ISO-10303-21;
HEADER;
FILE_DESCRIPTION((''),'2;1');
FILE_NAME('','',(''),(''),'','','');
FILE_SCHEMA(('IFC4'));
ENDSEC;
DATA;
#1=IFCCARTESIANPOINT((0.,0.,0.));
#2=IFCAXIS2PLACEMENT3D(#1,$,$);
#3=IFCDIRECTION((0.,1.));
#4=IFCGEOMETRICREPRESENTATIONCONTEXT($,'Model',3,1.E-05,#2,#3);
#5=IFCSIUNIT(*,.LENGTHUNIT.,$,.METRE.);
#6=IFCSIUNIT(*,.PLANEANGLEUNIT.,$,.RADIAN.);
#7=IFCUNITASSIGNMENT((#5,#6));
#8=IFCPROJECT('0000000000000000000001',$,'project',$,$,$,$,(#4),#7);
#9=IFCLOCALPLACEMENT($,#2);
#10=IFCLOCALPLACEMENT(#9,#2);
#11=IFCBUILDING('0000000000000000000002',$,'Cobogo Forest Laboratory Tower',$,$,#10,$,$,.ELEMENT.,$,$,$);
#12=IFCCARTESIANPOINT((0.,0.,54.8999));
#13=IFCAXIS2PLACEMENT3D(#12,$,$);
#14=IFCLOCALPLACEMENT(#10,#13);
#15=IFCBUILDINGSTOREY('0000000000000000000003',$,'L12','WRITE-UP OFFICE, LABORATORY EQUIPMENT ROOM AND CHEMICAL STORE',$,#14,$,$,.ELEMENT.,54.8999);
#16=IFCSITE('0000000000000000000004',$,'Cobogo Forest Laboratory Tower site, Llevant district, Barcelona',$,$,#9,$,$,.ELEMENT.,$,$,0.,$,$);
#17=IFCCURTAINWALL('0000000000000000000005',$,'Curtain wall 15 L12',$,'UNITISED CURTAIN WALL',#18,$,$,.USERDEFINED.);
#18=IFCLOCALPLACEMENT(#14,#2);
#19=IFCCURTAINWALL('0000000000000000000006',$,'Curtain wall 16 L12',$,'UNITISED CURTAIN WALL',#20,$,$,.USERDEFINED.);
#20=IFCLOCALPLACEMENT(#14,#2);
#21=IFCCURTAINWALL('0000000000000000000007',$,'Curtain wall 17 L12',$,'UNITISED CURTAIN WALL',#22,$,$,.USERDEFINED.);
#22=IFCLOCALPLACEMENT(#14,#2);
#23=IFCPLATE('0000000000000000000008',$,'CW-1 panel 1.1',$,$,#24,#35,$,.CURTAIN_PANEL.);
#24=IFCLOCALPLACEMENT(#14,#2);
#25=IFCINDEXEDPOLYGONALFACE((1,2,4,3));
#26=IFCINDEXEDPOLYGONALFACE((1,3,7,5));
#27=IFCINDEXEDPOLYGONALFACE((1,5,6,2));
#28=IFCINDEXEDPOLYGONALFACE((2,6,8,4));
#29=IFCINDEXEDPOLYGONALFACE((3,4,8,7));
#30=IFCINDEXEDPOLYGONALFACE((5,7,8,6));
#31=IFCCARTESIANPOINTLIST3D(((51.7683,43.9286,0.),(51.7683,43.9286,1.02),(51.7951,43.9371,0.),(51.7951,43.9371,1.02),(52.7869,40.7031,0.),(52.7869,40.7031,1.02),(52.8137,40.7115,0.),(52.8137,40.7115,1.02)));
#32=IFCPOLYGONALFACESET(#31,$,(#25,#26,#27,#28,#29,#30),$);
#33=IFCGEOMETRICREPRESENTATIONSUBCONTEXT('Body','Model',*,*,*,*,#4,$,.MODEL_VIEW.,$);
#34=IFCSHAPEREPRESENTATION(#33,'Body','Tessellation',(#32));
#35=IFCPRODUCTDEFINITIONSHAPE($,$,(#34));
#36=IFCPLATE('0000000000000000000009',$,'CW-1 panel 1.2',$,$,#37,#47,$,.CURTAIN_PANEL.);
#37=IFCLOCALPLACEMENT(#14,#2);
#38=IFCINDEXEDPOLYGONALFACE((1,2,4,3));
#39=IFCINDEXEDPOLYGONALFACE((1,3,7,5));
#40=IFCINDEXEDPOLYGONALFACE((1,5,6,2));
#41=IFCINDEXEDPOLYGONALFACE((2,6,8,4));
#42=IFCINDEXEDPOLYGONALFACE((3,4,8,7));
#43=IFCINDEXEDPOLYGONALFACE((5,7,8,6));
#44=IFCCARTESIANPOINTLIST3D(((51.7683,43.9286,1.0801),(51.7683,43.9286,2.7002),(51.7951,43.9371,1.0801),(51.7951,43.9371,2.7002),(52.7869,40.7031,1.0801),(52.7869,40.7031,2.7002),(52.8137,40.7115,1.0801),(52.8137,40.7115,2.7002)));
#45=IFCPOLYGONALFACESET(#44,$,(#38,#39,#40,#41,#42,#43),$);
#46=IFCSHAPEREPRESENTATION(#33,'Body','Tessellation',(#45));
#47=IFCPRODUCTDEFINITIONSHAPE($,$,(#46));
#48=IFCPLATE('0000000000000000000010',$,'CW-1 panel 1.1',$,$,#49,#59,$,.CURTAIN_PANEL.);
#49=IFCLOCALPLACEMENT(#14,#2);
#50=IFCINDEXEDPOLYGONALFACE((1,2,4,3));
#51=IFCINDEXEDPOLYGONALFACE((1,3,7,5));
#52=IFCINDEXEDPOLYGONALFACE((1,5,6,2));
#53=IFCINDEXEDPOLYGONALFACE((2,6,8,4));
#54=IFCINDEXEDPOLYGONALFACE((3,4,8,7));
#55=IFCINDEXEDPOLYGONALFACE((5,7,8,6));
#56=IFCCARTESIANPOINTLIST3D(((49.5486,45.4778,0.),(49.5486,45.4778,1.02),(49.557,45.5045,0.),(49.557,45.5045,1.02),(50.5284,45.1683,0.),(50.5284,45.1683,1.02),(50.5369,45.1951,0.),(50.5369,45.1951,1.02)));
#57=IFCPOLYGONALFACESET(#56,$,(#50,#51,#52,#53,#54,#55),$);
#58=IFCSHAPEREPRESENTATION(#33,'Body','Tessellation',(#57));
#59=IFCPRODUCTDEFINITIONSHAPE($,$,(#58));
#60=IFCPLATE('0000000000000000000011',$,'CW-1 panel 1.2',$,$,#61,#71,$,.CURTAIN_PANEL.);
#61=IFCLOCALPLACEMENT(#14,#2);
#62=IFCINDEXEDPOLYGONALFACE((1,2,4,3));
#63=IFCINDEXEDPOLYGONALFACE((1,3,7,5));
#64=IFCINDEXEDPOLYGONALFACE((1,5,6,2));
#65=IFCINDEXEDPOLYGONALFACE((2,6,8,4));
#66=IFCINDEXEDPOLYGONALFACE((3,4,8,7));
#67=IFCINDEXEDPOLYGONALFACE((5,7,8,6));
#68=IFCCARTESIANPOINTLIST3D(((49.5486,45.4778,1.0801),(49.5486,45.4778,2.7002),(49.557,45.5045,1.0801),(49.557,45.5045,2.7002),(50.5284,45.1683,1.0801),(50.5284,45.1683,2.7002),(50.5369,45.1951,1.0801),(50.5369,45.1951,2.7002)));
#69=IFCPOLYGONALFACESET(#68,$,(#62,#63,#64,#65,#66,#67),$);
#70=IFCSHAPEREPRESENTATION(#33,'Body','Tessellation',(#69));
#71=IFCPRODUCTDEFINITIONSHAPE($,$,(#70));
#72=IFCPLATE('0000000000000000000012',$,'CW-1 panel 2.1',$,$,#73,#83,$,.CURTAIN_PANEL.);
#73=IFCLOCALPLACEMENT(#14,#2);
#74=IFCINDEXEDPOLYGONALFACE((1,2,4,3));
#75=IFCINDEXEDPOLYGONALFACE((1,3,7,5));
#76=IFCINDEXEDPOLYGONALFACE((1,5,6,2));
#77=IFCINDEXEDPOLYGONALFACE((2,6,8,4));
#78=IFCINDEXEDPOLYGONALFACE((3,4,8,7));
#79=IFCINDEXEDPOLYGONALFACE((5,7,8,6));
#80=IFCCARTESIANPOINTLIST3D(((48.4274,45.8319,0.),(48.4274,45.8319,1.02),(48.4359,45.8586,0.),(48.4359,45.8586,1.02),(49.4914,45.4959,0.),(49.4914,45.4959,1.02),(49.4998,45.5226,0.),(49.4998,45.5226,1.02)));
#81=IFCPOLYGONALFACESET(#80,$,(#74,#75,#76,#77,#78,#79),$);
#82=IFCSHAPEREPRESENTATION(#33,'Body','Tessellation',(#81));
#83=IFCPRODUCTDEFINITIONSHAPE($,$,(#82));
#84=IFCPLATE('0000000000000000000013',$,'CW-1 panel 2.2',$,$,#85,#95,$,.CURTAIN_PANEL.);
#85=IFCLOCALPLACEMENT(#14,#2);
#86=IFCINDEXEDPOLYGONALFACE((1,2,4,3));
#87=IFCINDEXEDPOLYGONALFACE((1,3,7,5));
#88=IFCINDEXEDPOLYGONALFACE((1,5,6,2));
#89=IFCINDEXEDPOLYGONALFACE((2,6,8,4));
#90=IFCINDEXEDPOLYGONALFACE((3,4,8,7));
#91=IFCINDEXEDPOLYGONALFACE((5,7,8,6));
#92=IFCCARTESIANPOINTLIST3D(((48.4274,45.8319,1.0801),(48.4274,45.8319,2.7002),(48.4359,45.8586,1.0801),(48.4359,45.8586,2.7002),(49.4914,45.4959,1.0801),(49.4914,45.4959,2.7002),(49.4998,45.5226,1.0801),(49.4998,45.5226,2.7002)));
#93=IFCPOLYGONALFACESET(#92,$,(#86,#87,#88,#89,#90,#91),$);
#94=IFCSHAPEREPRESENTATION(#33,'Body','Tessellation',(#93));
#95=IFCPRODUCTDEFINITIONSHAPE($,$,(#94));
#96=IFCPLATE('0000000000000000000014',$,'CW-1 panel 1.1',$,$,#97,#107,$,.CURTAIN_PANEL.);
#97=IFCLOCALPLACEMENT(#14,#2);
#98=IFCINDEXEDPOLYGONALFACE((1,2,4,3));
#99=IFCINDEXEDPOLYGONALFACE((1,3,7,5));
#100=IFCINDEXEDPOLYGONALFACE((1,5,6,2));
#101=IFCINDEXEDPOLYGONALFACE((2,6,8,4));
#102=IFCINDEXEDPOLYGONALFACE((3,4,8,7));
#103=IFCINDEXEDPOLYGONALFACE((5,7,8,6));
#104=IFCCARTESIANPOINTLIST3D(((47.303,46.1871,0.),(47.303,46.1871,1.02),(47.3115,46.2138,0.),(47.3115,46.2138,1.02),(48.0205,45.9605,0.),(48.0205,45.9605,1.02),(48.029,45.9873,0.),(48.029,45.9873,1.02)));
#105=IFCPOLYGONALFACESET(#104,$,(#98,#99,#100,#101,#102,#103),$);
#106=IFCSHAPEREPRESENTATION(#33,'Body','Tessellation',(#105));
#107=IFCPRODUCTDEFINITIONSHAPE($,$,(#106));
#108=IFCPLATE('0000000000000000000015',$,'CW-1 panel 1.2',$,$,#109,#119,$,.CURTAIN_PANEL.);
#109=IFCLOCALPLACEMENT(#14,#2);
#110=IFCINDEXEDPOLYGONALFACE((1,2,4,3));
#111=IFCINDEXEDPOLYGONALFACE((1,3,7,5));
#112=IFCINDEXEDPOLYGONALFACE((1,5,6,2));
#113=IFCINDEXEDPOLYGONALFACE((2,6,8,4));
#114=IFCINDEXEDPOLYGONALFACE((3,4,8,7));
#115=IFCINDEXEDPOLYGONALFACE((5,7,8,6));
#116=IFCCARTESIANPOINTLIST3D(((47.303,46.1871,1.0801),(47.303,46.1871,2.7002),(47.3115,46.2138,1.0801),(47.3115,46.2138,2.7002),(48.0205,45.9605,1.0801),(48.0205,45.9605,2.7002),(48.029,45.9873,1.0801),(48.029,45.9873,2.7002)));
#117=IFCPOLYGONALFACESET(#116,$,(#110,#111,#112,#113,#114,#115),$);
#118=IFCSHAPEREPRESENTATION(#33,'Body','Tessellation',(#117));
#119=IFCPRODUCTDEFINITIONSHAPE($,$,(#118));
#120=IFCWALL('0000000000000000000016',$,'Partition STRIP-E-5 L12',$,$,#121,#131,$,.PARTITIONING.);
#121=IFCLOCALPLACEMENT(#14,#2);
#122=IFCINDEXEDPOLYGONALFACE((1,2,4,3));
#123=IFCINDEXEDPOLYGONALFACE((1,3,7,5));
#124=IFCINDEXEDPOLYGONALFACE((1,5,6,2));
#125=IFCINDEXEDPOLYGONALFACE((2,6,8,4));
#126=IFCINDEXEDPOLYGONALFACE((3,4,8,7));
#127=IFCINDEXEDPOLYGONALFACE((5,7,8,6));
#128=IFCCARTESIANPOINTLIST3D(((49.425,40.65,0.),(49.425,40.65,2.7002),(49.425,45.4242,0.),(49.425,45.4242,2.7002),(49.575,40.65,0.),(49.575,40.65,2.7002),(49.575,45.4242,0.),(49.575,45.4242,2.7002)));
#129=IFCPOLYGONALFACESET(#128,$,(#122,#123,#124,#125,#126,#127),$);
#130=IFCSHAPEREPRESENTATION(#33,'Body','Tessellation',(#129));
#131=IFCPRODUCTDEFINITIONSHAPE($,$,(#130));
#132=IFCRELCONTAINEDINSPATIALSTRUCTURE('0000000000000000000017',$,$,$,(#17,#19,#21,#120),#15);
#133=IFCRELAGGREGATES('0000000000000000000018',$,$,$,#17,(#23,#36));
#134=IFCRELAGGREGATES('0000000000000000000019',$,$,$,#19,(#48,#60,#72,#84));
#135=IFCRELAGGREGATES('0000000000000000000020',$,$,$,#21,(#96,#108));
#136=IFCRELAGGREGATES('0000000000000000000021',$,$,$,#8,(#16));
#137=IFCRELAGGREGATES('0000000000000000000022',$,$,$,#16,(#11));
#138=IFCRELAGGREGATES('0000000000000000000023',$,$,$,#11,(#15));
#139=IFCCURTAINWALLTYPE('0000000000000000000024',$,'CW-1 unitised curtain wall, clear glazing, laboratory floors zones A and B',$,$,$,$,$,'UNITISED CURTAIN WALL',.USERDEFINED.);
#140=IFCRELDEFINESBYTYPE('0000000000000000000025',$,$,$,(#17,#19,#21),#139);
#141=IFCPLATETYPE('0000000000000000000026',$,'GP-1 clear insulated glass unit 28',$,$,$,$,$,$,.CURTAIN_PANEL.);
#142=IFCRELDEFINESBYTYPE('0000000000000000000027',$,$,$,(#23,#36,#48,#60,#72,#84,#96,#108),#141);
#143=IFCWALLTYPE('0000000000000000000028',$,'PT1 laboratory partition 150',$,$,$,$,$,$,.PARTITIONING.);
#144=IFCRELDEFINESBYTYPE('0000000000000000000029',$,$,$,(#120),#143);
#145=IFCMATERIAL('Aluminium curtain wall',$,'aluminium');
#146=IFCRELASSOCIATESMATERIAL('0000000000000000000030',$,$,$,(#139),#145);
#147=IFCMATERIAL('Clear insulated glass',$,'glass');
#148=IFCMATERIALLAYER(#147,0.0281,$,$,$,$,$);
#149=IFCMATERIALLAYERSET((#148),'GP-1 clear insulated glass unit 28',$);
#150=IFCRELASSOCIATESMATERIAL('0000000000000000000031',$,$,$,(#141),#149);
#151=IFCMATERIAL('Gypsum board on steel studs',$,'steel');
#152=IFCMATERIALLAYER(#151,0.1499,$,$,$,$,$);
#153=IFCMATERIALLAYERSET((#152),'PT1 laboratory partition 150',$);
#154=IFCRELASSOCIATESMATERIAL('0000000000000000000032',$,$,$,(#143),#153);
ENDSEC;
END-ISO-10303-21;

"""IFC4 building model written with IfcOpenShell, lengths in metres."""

from ifc_helpers import new_model, si_unit, direction, frame, frame_2d, origin, origin_2d, place, context, subcontext, project, spatial, rectangle, extrude, material, layer, layer_set, type_object, element, aggregate, save


model = new_model("IFC4")

# Units and contexts
model_context = context("Model", 3, precision=1e-05, world=origin(), true_north=direction((0.0, 1.0)))
body_context = subcontext(model_context, "Body", "Model", "MODEL_VIEW")
ifc_project = project(units=[si_unit("LENGTHUNIT", "METRE"), si_unit("PLANEANGLEUNIT", "RADIAN")], contexts=[model_context])

# Site, building, storey
site_placement = place(None, origin())
site = spatial("IfcSite", under=ifc_project, at=site_placement, Name="Cobogo Forest Laboratory Tower site, Llevant district, Barcelona", CompositionType="ELEMENT", RefElevation=0.0)
building_placement = place(site_placement, origin())
building = spatial("IfcBuilding", under=site, at=building_placement, Name="Cobogo Forest Laboratory Tower", CompositionType="ELEMENT")
storey_placement = place(building_placement, frame((0.0, 0.0, 54.8999)))
storey = spatial("IfcBuildingStorey", under=building, at=storey_placement, Name="L12", Description="WRITE-UP OFFICE, LABORATORY EQUIPMENT ROOM AND CHEMICAL STORE", CompositionType="ELEMENT", Elevation=54.8999)

# Curtain walls
ifc_material_1 = material(Name="Aluminium curtain wall", Category="aluminium")
curtain_wall_type = type_object("IfcCurtainWallType", Name="CW-1 unitised curtain wall, clear glazing, laboratory floors zones A and B", ElementType="UNITISED CURTAIN WALL", PredefinedType="USERDEFINED", material=ifc_material_1)
curtain_wall_1_placement = place(storey_placement, origin())
curtain_wall_1 = element("IfcCurtainWall", 1, at=curtain_wall_1_placement, inside=storey, type_object=curtain_wall_type, Name="Curtain wall 15 L12", ObjectType="UNITISED CURTAIN WALL", PredefinedType="USERDEFINED")
curtain_wall_2_placement = place(storey_placement, origin())
curtain_wall_2 = element("IfcCurtainWall", 2, at=curtain_wall_2_placement, inside=storey, type_object=curtain_wall_type, Name="Curtain wall 16 L12", ObjectType="UNITISED CURTAIN WALL", PredefinedType="USERDEFINED")
curtain_wall_3_placement = place(storey_placement, origin())
curtain_wall_3 = element("IfcCurtainWall", 3, at=curtain_wall_3_placement, inside=storey, type_object=curtain_wall_type, Name="Curtain wall 17 L12", ObjectType="UNITISED CURTAIN WALL", PredefinedType="USERDEFINED")

# Plates
ifc_material_2 = material(Name="Clear insulated glass", Category="glass")
ifc_layer_1 = layer(ifc_material_2, 0.0281)
ifc_layer_set_1 = layer_set([ifc_layer_1], Name="GP-1 clear insulated glass unit 28")
plate_type = type_object("IfcPlateType", Name="GP-1 clear insulated glass unit 28", PredefinedType="CURTAIN_PANEL", material=ifc_layer_set_1)
plate_1_placement = place(storey_placement, frame((52.291, 42.3201, 0.0), z_axis=(0.0, 0.0, 1.0), x_axis=(-0.301135, 0.953581, 0.0)))
plate_1 = element("IfcPlate", 4, at=plate_1_placement, type_object=plate_type, Name="CW-1 panel 1.1", PredefinedType="CURTAIN_PANEL", context=body_context, shape_type="SweptSolid", body=[
    extrude(rectangle(XDim=3.3826, YDim=0.0281, at=origin_2d()), origin(), (0.0, 0.0, 1.0), 1.02),
])
plate_2_placement = place(storey_placement, frame((52.291, 42.3201, 1.0801), z_axis=(0.0, 0.0, 1.0), x_axis=(-0.301135, 0.953581, 0.0)))
plate_2 = element("IfcPlate", 5, at=plate_2_placement, type_object=plate_type, Name="CW-1 panel 1.2", PredefinedType="CURTAIN_PANEL", context=body_context, shape_type="SweptSolid", body=[
    extrude(rectangle(XDim=3.3826, YDim=0.0281, at=origin_2d()), origin(), (0.0, 0.0, 1.0), 1.6201),
])
aggregate(curtain_wall_1, [plate_1, plate_2])
plate_3_placement = place(storey_placement, frame((50.0427, 45.3364, 0.0), z_axis=(0.0, 0.0, 1.0), x_axis=(-0.953581, 0.301135, 0.0)))
plate_3 = element("IfcPlate", 6, at=plate_3_placement, type_object=plate_type, Name="CW-1 panel 1.1", PredefinedType="CURTAIN_PANEL", context=body_context, shape_type="SweptSolid", body=[
    extrude(rectangle(XDim=1.0276, YDim=0.0281, at=origin_2d()), origin(), (0.0, 0.0, 1.0), 1.02),
])
plate_4_placement = place(storey_placement, frame((50.0427, 45.3364, 1.0801), z_axis=(0.0, 0.0, 1.0), x_axis=(-0.953581, 0.301135, 0.0)))
plate_4 = element("IfcPlate", 7, at=plate_4_placement, type_object=plate_type, Name="CW-1 panel 1.2", PredefinedType="CURTAIN_PANEL", context=body_context, shape_type="SweptSolid", body=[
    extrude(rectangle(XDim=1.0276, YDim=0.0281, at=origin_2d()), origin(), (0.0, 0.0, 1.0), 1.6201),
])
plate_5_placement = place(storey_placement, frame((48.9636, 45.6772, 0.0), z_axis=(0.0, 0.0, 1.0), x_axis=(-0.953581, 0.301135, 0.0)))
plate_5 = element("IfcPlate", 8, at=plate_5_placement, type_object=plate_type, Name="CW-1 panel 2.1", PredefinedType="CURTAIN_PANEL", context=body_context, shape_type="SweptSolid", body=[
    extrude(rectangle(XDim=1.1157, YDim=0.0281, at=origin_2d()), origin(), (0.0, 0.0, 1.0), 1.02),
])
plate_6_placement = place(storey_placement, frame((48.9636, 45.6772, 1.0801), z_axis=(0.0, 0.0, 1.0), x_axis=(-0.953581, 0.301135, 0.0)))
plate_6 = element("IfcPlate", 9, at=plate_6_placement, type_object=plate_type, Name="CW-1 panel 2.2", PredefinedType="CURTAIN_PANEL", context=body_context, shape_type="SweptSolid", body=[
    extrude(rectangle(XDim=1.1157, YDim=0.0281, at=origin_2d()), origin(), (0.0, 0.0, 1.0), 1.6201),
])
aggregate(curtain_wall_2, [plate_3, plate_4, plate_5, plate_6])
plate_7_placement = place(storey_placement, frame((47.666, 46.0872, 0.0), z_axis=(0.0, 0.0, 1.0), x_axis=(-0.953582, 0.301135, 0.0)))
plate_7 = element("IfcPlate", 10, at=plate_7_placement, type_object=plate_type, Name="CW-1 panel 1.1", PredefinedType="CURTAIN_PANEL", context=body_context, shape_type="SweptSolid", body=[
    extrude(rectangle(XDim=0.7524, YDim=0.0281, at=origin_2d()), origin(), (0.0, 0.0, 1.0), 1.02),
])
plate_8_placement = place(storey_placement, frame((47.666, 46.0872, 1.0801), z_axis=(0.0, 0.0, 1.0), x_axis=(-0.953582, 0.301135, 0.0)))
plate_8 = element("IfcPlate", 11, at=plate_8_placement, type_object=plate_type, Name="CW-1 panel 1.2", PredefinedType="CURTAIN_PANEL", context=body_context, shape_type="SweptSolid", body=[
    extrude(rectangle(XDim=0.7524, YDim=0.0281, at=origin_2d()), origin(), (0.0, 0.0, 1.0), 1.6201),
])
aggregate(curtain_wall_3, [plate_7, plate_8])

# Wall
ifc_material_3 = material(Name="Gypsum board on steel studs", Category="steel")
ifc_layer_2 = layer(ifc_material_3, 0.1499)
ifc_layer_set_2 = layer_set([ifc_layer_2], Name="PT1 laboratory partition 150")
wall_type = type_object("IfcWallType", Name="PT1 laboratory partition 150", PredefinedType="PARTITIONING", material=ifc_layer_set_2)
wall_placement = place(storey_placement, frame((49.5, 40.6499, 0.0), z_axis=(0.0, 0.0, 1.0), x_axis=(0.0, 1.0, 0.0)))
element("IfcWall", 12, at=wall_placement, inside=storey, type_object=wall_type, Name="Partition STRIP-E-5 L12", PredefinedType="PARTITIONING", context=body_context, shape_type="SweptSolid", body=[
    extrude(rectangle(XDim=4.7742, YDim=0.1499, at=frame_2d((2.3872, 0.0))), origin(), (0.0, 0.0, 1.0), 2.7002),
])

save(model, "model.ifc")
